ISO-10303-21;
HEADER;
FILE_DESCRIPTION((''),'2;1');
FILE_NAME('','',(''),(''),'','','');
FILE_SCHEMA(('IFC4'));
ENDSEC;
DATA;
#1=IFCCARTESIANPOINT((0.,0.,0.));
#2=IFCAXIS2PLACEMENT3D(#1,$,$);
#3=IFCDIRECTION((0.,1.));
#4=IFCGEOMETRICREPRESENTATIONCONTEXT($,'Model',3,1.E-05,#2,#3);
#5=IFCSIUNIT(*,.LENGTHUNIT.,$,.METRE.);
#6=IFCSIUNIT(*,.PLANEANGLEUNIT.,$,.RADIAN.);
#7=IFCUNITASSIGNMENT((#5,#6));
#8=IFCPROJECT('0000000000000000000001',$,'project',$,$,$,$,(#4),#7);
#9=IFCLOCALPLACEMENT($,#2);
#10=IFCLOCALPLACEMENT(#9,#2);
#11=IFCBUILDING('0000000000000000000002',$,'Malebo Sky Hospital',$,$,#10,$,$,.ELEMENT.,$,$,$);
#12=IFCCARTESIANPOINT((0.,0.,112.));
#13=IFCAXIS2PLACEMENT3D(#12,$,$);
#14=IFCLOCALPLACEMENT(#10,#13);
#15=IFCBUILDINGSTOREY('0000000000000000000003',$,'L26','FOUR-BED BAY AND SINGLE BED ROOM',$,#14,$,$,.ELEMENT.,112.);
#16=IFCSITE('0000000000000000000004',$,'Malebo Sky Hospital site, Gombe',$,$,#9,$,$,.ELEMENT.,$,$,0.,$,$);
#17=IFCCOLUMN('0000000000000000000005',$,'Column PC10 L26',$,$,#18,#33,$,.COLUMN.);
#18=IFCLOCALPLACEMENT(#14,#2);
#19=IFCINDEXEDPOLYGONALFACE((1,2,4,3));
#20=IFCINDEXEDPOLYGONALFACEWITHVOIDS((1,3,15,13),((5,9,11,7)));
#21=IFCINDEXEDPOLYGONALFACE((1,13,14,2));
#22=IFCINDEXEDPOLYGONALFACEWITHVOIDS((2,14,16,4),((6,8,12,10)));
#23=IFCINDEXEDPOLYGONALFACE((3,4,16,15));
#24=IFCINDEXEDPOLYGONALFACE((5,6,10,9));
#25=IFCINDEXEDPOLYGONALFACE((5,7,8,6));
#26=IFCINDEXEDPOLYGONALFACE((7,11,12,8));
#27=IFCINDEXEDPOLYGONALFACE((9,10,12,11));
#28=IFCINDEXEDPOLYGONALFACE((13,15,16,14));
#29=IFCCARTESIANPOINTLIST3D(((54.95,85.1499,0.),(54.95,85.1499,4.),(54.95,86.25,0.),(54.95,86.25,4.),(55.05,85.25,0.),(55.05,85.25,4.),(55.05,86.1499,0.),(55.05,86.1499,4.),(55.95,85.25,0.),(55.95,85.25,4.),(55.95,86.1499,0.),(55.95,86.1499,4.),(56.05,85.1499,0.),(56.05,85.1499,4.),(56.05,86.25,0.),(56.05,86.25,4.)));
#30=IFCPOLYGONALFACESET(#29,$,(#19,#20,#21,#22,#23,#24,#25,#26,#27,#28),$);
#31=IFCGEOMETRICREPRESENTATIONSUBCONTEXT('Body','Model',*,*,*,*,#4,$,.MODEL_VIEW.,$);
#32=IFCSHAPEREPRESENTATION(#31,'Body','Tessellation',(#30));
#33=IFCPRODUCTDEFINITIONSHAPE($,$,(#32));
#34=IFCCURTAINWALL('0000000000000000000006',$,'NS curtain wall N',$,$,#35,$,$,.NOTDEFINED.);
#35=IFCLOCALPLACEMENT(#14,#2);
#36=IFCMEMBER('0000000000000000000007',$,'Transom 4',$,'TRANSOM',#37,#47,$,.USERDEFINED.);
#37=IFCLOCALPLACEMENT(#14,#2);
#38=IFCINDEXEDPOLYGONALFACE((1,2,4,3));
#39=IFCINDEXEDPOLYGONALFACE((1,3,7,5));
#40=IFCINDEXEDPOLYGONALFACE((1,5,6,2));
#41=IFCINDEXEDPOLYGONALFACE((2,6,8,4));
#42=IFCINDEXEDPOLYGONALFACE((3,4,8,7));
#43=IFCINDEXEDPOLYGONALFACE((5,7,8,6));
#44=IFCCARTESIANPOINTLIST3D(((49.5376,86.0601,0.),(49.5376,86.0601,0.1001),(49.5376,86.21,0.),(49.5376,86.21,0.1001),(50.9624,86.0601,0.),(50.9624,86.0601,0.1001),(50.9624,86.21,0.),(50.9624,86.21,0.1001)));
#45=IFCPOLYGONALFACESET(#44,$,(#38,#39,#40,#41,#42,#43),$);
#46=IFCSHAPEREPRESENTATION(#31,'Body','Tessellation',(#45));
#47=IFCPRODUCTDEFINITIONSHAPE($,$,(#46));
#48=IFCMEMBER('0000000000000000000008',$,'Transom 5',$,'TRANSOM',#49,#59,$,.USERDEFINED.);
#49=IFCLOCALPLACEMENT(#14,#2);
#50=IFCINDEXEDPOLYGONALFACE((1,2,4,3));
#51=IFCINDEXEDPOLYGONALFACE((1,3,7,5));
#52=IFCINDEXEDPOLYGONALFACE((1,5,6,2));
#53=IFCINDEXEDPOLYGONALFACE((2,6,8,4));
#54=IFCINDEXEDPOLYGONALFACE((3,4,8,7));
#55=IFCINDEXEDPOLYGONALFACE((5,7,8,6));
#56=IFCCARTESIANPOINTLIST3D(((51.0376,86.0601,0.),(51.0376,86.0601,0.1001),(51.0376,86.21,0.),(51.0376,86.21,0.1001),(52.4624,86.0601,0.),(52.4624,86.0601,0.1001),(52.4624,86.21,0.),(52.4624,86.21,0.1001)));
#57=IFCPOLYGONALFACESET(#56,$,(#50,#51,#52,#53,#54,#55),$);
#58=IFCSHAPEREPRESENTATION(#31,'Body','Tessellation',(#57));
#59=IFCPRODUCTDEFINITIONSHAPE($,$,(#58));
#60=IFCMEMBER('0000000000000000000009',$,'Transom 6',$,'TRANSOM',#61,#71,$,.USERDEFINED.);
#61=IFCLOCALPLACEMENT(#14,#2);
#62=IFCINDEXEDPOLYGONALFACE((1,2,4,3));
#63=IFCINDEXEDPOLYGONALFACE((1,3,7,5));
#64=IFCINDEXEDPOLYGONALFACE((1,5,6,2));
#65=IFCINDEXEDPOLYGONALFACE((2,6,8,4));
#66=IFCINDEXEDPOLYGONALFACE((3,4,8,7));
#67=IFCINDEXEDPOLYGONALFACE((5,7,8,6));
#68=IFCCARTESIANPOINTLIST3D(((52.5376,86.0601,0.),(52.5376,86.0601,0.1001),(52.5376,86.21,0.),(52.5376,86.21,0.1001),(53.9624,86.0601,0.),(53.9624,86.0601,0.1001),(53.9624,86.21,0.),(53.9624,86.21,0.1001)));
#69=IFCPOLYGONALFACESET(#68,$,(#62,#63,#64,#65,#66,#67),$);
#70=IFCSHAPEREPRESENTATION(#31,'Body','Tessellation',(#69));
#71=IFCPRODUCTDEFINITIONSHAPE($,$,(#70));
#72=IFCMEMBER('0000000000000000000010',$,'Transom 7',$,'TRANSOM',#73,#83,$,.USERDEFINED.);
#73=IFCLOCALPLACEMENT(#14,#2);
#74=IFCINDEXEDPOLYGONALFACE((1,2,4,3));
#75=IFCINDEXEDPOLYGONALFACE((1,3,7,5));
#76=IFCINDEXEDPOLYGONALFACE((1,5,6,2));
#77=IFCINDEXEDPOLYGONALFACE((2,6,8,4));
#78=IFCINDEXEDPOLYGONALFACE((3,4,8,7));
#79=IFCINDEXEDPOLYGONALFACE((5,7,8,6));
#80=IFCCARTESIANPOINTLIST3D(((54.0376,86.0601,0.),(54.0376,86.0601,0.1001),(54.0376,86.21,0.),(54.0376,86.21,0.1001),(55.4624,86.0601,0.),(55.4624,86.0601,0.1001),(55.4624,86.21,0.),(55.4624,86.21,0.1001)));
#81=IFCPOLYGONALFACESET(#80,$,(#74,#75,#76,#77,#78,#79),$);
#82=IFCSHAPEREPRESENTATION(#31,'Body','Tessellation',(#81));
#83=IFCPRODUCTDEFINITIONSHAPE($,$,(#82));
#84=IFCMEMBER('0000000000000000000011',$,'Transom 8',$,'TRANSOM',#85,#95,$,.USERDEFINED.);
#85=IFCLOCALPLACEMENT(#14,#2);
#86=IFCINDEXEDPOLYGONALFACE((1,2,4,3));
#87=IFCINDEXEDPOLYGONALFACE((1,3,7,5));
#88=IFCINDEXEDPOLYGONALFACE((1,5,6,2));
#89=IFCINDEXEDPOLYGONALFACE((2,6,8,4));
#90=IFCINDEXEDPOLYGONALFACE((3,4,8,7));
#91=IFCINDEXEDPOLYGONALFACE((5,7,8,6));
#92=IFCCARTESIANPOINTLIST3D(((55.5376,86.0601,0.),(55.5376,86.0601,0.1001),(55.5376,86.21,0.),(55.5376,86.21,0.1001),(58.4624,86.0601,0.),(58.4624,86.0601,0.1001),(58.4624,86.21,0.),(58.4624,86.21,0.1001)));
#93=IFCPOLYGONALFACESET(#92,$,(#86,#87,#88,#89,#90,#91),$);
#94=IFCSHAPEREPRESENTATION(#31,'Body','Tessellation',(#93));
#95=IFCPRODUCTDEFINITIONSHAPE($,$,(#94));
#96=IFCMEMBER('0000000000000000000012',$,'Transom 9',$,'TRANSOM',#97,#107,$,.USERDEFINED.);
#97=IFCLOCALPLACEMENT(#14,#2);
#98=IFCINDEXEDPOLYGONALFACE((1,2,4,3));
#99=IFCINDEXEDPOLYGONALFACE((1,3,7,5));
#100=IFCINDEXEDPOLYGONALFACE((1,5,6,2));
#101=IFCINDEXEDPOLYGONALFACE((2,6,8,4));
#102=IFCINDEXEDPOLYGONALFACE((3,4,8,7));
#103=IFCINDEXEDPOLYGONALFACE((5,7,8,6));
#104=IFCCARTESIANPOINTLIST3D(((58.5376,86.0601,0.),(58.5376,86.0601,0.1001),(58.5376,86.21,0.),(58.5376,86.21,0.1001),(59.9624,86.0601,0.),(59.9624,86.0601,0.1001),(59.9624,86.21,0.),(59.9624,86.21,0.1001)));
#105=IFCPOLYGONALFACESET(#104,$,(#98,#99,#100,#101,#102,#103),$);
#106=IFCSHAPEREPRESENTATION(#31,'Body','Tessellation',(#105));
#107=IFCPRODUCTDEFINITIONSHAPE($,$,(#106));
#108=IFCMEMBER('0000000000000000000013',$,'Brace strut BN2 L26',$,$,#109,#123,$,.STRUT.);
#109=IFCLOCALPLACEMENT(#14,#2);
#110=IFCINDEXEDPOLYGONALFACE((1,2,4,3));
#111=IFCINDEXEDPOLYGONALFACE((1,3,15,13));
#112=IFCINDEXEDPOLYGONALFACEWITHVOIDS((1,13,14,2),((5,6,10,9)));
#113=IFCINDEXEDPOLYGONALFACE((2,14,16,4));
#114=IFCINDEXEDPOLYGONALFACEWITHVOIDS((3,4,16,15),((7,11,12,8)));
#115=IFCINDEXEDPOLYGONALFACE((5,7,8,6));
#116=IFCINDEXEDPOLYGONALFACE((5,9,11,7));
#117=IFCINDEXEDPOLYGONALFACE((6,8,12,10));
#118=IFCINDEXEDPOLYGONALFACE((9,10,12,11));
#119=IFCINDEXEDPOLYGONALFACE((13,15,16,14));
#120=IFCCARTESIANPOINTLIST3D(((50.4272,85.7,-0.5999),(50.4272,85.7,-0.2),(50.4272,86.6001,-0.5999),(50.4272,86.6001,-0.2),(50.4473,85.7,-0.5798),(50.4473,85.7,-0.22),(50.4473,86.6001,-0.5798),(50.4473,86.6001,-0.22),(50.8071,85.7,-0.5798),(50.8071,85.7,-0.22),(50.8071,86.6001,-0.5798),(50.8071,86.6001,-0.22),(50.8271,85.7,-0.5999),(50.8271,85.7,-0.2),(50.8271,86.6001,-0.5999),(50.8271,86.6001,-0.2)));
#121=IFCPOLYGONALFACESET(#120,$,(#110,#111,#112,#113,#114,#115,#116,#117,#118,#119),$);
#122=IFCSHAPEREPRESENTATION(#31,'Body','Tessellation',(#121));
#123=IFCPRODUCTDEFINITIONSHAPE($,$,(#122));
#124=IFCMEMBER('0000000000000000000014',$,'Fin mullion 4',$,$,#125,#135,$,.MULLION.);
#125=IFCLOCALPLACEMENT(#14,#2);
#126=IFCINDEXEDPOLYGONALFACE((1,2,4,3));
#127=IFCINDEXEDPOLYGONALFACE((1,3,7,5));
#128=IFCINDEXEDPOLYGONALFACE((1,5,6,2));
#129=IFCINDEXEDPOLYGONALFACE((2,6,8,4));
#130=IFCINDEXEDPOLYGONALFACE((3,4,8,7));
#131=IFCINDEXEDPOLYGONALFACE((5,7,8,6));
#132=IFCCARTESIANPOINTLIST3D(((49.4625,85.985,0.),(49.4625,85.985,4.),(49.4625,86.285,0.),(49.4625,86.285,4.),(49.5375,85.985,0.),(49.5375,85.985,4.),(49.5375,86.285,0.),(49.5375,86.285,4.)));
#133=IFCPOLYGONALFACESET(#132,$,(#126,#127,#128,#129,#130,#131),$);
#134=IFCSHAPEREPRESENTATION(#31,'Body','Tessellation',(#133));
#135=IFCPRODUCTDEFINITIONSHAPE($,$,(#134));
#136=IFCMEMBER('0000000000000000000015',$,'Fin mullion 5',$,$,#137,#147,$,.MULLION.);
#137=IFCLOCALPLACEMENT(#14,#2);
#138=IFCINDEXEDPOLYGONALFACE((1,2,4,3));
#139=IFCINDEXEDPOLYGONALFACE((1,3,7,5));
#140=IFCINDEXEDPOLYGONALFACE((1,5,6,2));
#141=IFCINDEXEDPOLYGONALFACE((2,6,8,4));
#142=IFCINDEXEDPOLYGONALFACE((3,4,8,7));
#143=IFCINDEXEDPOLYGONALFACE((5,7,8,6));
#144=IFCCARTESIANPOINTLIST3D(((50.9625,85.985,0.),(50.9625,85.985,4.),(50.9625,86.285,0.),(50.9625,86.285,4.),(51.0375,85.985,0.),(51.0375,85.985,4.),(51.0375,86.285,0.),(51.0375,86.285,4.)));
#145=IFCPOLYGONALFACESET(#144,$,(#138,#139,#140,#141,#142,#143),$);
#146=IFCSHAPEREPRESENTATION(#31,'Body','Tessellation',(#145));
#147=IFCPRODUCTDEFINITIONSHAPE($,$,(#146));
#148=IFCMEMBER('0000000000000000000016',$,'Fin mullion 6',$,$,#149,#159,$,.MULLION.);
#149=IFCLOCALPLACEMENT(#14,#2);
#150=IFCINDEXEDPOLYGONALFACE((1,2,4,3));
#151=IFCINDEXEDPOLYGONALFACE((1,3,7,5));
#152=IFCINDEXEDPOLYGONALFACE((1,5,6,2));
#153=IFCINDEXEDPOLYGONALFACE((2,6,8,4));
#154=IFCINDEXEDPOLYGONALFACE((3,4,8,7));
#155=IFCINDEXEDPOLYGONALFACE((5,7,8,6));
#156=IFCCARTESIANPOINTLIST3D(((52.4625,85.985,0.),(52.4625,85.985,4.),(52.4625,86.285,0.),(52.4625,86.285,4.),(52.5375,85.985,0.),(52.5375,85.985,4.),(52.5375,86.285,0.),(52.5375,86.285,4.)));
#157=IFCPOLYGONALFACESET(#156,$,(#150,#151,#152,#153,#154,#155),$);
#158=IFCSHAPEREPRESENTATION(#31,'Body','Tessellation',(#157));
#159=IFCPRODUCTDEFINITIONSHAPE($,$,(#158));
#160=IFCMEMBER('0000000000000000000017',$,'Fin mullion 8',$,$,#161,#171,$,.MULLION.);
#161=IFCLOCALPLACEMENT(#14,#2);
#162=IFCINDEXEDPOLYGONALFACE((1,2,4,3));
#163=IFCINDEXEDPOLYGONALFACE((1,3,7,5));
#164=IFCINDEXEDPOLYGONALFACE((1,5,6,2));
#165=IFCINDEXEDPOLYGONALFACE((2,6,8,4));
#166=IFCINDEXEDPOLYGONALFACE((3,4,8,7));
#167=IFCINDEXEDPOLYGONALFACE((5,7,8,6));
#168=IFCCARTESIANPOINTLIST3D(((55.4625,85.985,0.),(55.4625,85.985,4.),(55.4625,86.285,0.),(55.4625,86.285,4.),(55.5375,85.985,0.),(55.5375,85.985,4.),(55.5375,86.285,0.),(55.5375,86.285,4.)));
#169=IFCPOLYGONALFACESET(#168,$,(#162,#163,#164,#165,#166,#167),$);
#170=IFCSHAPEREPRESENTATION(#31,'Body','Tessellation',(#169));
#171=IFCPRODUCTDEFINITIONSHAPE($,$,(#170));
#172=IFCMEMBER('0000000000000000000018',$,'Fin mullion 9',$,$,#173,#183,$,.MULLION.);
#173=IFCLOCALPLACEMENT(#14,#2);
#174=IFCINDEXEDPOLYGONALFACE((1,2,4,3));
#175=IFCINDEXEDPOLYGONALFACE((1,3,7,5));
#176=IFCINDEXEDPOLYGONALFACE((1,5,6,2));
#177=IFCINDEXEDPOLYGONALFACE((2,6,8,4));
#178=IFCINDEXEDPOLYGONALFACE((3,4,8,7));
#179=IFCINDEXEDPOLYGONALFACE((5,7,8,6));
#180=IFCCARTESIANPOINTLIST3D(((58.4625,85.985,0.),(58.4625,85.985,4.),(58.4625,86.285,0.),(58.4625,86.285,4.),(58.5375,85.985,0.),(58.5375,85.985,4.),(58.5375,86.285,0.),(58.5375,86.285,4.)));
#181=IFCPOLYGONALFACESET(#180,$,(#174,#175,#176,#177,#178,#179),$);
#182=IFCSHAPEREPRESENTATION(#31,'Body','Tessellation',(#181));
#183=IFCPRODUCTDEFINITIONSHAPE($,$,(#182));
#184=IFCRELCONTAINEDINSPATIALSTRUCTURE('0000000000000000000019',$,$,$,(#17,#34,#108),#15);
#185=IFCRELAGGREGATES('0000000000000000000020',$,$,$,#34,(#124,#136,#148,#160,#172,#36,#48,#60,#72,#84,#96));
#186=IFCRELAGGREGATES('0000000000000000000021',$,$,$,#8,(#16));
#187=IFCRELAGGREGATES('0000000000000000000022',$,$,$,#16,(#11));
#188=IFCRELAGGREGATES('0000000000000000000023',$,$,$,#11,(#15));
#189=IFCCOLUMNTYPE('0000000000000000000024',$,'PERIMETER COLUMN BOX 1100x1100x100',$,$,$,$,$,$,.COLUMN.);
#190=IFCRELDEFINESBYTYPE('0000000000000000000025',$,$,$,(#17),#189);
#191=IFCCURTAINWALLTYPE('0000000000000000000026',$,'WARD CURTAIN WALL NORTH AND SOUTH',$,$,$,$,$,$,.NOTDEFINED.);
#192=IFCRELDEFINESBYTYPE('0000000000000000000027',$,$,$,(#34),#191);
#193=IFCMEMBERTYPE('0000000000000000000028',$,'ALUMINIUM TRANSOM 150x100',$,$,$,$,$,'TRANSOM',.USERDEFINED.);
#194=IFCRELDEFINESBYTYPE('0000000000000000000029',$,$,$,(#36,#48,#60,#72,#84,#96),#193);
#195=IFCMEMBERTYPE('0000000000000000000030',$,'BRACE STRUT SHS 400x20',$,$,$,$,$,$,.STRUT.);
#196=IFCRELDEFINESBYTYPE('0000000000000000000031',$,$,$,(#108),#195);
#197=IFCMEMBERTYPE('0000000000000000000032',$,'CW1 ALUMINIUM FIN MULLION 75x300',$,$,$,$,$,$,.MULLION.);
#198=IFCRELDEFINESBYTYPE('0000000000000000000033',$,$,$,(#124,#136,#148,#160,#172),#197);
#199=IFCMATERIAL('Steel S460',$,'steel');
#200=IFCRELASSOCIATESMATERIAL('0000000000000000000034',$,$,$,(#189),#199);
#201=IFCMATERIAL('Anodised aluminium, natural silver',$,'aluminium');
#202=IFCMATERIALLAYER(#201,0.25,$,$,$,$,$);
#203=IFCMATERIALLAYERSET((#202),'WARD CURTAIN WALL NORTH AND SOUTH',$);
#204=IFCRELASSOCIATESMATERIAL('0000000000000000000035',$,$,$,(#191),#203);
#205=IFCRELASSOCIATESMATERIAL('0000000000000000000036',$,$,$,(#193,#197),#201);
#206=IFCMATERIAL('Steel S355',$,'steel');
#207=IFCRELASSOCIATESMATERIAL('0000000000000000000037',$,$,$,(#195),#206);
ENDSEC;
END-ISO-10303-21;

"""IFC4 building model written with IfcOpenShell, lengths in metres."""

from ifc_helpers import new_model, si_unit, direction, frame, origin, origin_2d, place, context, subcontext, project, spatial, rectangle, hollow_rectangle, extrude, material, layer, layer_set, material_profile, profile_set, type_object, element, aggregate, save


model = new_model("IFC4")

# Units and contexts
model_context = context("Model", 3, precision=1e-05, world=origin(), true_north=direction((0.0, 1.0)))
body_context = subcontext(model_context, "Body", "Model", "MODEL_VIEW")
ifc_project = project(units=[si_unit("LENGTHUNIT", "METRE"), si_unit("PLANEANGLEUNIT", "RADIAN")], contexts=[model_context])

# Site, building, storey
site_placement = place(None, origin())
site = spatial("IfcSite", under=ifc_project, at=site_placement, Name="Malebo Sky Hospital site, Gombe", CompositionType="ELEMENT", RefElevation=0.0)
building_placement = place(site_placement, origin())
building = spatial("IfcBuilding", under=site, at=building_placement, Name="Malebo Sky Hospital", CompositionType="ELEMENT")
storey_placement = place(building_placement, frame((0.0, 0.0, 112.0)))
storey = spatial("IfcBuildingStorey", under=building, at=storey_placement, Name="L26", Description="FOUR-BED BAY AND SINGLE BED ROOM", CompositionType="ELEMENT", Elevation=112.0)

# Column
ifc_material_1 = material(Name="Steel S460", Category="steel")
ifc_material_profile_1 = material_profile(ifc_material_1, hollow_rectangle(XDim=1.1001, YDim=1.1001, WallThickness=0.1001, at=origin_2d()), Name="BOX 1100x1100x100")
ifc_profile_set_1 = profile_set([ifc_material_profile_1], Name="Steel S460")
column_type = type_object("IfcColumnType", Name="PERIMETER COLUMN BOX 1100x1100x100", PredefinedType="COLUMN", material=ifc_profile_set_1)
column_placement = place(storey_placement, frame((55.5, 85.7, 0.0), z_axis=(0.0, 0.0, 1.0), x_axis=(1.0, 0.0, 0.0)))
element("IfcColumn", 1, at=column_placement, inside=storey, type_object=column_type, Name="Column PC10 L26", PredefinedType="COLUMN", context=body_context, shape_type="SweptSolid", body=[
    extrude(hollow_rectangle(XDim=1.1001, YDim=1.1001, WallThickness=0.1001, at=origin_2d()), origin(), (0.0, 0.0, 1.0), 4.0),
])

# Curtain wall, members
ifc_material_2 = material(Name="Anodised aluminium, natural silver", Category="aluminium")
ifc_layer_1 = layer(ifc_material_2, 0.25)
ifc_layer_set_1 = layer_set([ifc_layer_1], Name="WARD CURTAIN WALL NORTH AND SOUTH")
curtain_wall_type = type_object("IfcCurtainWallType", Name="WARD CURTAIN WALL NORTH AND SOUTH", PredefinedType="NOTDEFINED", material=ifc_layer_set_1)
curtain_wall_placement = place(storey_placement, origin())
curtain_wall = element("IfcCurtainWall", 2, at=curtain_wall_placement, inside=storey, type_object=curtain_wall_type, Name="NS curtain wall N", PredefinedType="NOTDEFINED")
ifc_material_profile_2 = material_profile(ifc_material_2, rectangle(XDim=0.1499, YDim=0.1001, at=origin_2d()), Name="ALUMINIUM TRANSOM 150x100")
ifc_profile_set_2 = profile_set([ifc_material_profile_2], Name="Anodised aluminium, natural silver")
member_type_1 = type_object("IfcMemberType", Name="ALUMINIUM TRANSOM 150x100", ElementType="TRANSOM", PredefinedType="USERDEFINED", material=ifc_profile_set_2)
member_1_placement = place(storey_placement, frame((49.5376, 86.135, 0.05), z_axis=(1.0, 0.0, 0.0), x_axis=(0.0, 1.0, 0.0)))
member_1 = element("IfcMember", 3, at=member_1_placement, type_object=member_type_1, Name="Transom 4", ObjectType="TRANSOM", PredefinedType="USERDEFINED", context=body_context, shape_type="SweptSolid", body=[
    extrude(rectangle(XDim=0.1499, YDim=0.1001, at=origin_2d()), origin(), (0.0, 0.0, 1.0), 1.4248),
])
member_2_placement = place(storey_placement, frame((51.0376, 86.135, 0.05), z_axis=(1.0, 0.0, 0.0), x_axis=(0.0, 1.0, 0.0)))
member_2 = element("IfcMember", 4, at=member_2_placement, type_object=member_type_1, Name="Transom 5", ObjectType="TRANSOM", PredefinedType="USERDEFINED", context=body_context, shape_type="SweptSolid", body=[
    extrude(rectangle(XDim=0.1499, YDim=0.1001, at=origin_2d()), origin(), (0.0, 0.0, 1.0), 1.4248),
])
member_3_placement = place(storey_placement, frame((52.5376, 86.135, 0.05), z_axis=(1.0, 0.0, 0.0), x_axis=(0.0, 1.0, 0.0)))
member_3 = element("IfcMember", 5, at=member_3_placement, type_object=member_type_1, Name="Transom 6", ObjectType="TRANSOM", PredefinedType="USERDEFINED", context=body_context, shape_type="SweptSolid", body=[
    extrude(rectangle(XDim=0.1499, YDim=0.1001, at=origin_2d()), origin(), (0.0, 0.0, 1.0), 1.4248),
])
member_4_placement = place(storey_placement, frame((54.0376, 86.135, 0.05), z_axis=(1.0, 0.0, 0.0), x_axis=(0.0, 1.0, 0.0)))
member_4 = element("IfcMember", 6, at=member_4_placement, type_object=member_type_1, Name="Transom 7", ObjectType="TRANSOM", PredefinedType="USERDEFINED", context=body_context, shape_type="SweptSolid", body=[
    extrude(rectangle(XDim=0.1499, YDim=0.1001, at=origin_2d()), origin(), (0.0, 0.0, 1.0), 1.4248),
])
member_5_placement = place(storey_placement, frame((55.5376, 86.135, 0.05), z_axis=(1.0, 0.0, 0.0), x_axis=(0.0, 1.0, 0.0)))
member_5 = element("IfcMember", 7, at=member_5_placement, type_object=member_type_1, Name="Transom 8", ObjectType="TRANSOM", PredefinedType="USERDEFINED", context=body_context, shape_type="SweptSolid", body=[
    extrude(rectangle(XDim=0.1499, YDim=0.1001, at=origin_2d()), origin(), (0.0, 0.0, 1.0), 2.9248),
])
member_6_placement = place(storey_placement, frame((58.5376, 86.135, 0.05), z_axis=(1.0, 0.0, 0.0), x_axis=(0.0, 1.0, 0.0)))
member_6 = element("IfcMember", 8, at=member_6_placement, type_object=member_type_1, Name="Transom 9", ObjectType="TRANSOM", PredefinedType="USERDEFINED", context=body_context, shape_type="SweptSolid", body=[
    extrude(rectangle(XDim=0.1499, YDim=0.1001, at=origin_2d()), origin(), (0.0, 0.0, 1.0), 1.4248),
])

# Members
ifc_material_3 = material(Name="Steel S355", Category="steel")
ifc_material_profile_3 = material_profile(ifc_material_3, hollow_rectangle(XDim=0.3999, YDim=0.3999, WallThickness=0.02, at=origin_2d()), Name="SHS 400x20")
ifc_profile_set_3 = profile_set([ifc_material_profile_3], Name="Steel S355")
member_type_2 = type_object("IfcMemberType", Name="BRACE STRUT SHS 400x20", PredefinedType="STRUT", material=ifc_profile_set_3)
member_7_placement = place(storey_placement, frame((50.6272, 86.6001, -0.3999), z_axis=(0.0, -1.0, 0.0), x_axis=(1.0, 0.0, 0.0)))
element("IfcMember", 9, at=member_7_placement, inside=storey, type_object=member_type_2, Name="Brace strut BN2 L26", PredefinedType="STRUT", context=body_context, shape_type="SweptSolid", body=[
    extrude(hollow_rectangle(XDim=0.3999, YDim=0.3999, WallThickness=0.02, at=origin_2d()), origin(), (0.0, 0.0, 1.0), 0.9001),
])
ifc_material_profile_4 = material_profile(ifc_material_2, rectangle(XDim=0.075, YDim=0.3, at=origin_2d()), Name="CW1 ALUMINIUM FIN MULLION 75x300")
ifc_profile_set_4 = profile_set([ifc_material_profile_4], Name="Anodised aluminium, natural silver")
member_type_3 = type_object("IfcMemberType", Name="CW1 ALUMINIUM FIN MULLION 75x300", PredefinedType="MULLION", material=ifc_profile_set_4)
member_8_placement = place(storey_placement, frame((49.5, 86.135, 0.0), z_axis=(0.0, 0.0, 1.0), x_axis=(1.0, 0.0, 0.0)))
member_8 = element("IfcMember", 10, at=member_8_placement, type_object=member_type_3, Name="Fin mullion 4", PredefinedType="MULLION", context=body_context, shape_type="SweptSolid", body=[
    extrude(rectangle(XDim=0.075, YDim=0.3, at=origin_2d()), origin(), (0.0, 0.0, 1.0), 4.0),
])
member_9_placement = place(storey_placement, frame((51.0, 86.135, 0.0), z_axis=(0.0, 0.0, 1.0), x_axis=(1.0, 0.0, 0.0)))
member_9 = element("IfcMember", 11, at=member_9_placement, type_object=member_type_3, Name="Fin mullion 5", PredefinedType="MULLION", context=body_context, shape_type="SweptSolid", body=[
    extrude(rectangle(XDim=0.075, YDim=0.3, at=origin_2d()), origin(), (0.0, 0.0, 1.0), 4.0),
])
member_10_placement = place(storey_placement, frame((52.5, 86.135, 0.0), z_axis=(0.0, 0.0, 1.0), x_axis=(1.0, 0.0, 0.0)))
member_10 = element("IfcMember", 12, at=member_10_placement, type_object=member_type_3, Name="Fin mullion 6", PredefinedType="MULLION", context=body_context, shape_type="SweptSolid", body=[
    extrude(rectangle(XDim=0.075, YDim=0.3, at=origin_2d()), origin(), (0.0, 0.0, 1.0), 4.0),
])
member_11_placement = place(storey_placement, frame((55.5, 86.135, 0.0), z_axis=(0.0, 0.0, 1.0), x_axis=(1.0, 0.0, 0.0)))
member_11 = element("IfcMember", 13, at=member_11_placement, type_object=member_type_3, Name="Fin mullion 8", PredefinedType="MULLION", context=body_context, shape_type="SweptSolid", body=[
    extrude(rectangle(XDim=0.075, YDim=0.3, at=origin_2d()), origin(), (0.0, 0.0, 1.0), 4.0),
])
member_12_placement = place(storey_placement, frame((58.5, 86.135, 0.0), z_axis=(0.0, 0.0, 1.0), x_axis=(1.0, 0.0, 0.0)))
member_12 = element("IfcMember", 14, at=member_12_placement, type_object=member_type_3, Name="Fin mullion 9", PredefinedType="MULLION", context=body_context, shape_type="SweptSolid", body=[
    extrude(rectangle(XDim=0.075, YDim=0.3, at=origin_2d()), origin(), (0.0, 0.0, 1.0), 4.0),
])

aggregate(curtain_wall, [member_8, member_9, member_10, member_11, member_12, member_1, member_2, member_3, member_4, member_5, member_6])

save(model, "model.ifc")
